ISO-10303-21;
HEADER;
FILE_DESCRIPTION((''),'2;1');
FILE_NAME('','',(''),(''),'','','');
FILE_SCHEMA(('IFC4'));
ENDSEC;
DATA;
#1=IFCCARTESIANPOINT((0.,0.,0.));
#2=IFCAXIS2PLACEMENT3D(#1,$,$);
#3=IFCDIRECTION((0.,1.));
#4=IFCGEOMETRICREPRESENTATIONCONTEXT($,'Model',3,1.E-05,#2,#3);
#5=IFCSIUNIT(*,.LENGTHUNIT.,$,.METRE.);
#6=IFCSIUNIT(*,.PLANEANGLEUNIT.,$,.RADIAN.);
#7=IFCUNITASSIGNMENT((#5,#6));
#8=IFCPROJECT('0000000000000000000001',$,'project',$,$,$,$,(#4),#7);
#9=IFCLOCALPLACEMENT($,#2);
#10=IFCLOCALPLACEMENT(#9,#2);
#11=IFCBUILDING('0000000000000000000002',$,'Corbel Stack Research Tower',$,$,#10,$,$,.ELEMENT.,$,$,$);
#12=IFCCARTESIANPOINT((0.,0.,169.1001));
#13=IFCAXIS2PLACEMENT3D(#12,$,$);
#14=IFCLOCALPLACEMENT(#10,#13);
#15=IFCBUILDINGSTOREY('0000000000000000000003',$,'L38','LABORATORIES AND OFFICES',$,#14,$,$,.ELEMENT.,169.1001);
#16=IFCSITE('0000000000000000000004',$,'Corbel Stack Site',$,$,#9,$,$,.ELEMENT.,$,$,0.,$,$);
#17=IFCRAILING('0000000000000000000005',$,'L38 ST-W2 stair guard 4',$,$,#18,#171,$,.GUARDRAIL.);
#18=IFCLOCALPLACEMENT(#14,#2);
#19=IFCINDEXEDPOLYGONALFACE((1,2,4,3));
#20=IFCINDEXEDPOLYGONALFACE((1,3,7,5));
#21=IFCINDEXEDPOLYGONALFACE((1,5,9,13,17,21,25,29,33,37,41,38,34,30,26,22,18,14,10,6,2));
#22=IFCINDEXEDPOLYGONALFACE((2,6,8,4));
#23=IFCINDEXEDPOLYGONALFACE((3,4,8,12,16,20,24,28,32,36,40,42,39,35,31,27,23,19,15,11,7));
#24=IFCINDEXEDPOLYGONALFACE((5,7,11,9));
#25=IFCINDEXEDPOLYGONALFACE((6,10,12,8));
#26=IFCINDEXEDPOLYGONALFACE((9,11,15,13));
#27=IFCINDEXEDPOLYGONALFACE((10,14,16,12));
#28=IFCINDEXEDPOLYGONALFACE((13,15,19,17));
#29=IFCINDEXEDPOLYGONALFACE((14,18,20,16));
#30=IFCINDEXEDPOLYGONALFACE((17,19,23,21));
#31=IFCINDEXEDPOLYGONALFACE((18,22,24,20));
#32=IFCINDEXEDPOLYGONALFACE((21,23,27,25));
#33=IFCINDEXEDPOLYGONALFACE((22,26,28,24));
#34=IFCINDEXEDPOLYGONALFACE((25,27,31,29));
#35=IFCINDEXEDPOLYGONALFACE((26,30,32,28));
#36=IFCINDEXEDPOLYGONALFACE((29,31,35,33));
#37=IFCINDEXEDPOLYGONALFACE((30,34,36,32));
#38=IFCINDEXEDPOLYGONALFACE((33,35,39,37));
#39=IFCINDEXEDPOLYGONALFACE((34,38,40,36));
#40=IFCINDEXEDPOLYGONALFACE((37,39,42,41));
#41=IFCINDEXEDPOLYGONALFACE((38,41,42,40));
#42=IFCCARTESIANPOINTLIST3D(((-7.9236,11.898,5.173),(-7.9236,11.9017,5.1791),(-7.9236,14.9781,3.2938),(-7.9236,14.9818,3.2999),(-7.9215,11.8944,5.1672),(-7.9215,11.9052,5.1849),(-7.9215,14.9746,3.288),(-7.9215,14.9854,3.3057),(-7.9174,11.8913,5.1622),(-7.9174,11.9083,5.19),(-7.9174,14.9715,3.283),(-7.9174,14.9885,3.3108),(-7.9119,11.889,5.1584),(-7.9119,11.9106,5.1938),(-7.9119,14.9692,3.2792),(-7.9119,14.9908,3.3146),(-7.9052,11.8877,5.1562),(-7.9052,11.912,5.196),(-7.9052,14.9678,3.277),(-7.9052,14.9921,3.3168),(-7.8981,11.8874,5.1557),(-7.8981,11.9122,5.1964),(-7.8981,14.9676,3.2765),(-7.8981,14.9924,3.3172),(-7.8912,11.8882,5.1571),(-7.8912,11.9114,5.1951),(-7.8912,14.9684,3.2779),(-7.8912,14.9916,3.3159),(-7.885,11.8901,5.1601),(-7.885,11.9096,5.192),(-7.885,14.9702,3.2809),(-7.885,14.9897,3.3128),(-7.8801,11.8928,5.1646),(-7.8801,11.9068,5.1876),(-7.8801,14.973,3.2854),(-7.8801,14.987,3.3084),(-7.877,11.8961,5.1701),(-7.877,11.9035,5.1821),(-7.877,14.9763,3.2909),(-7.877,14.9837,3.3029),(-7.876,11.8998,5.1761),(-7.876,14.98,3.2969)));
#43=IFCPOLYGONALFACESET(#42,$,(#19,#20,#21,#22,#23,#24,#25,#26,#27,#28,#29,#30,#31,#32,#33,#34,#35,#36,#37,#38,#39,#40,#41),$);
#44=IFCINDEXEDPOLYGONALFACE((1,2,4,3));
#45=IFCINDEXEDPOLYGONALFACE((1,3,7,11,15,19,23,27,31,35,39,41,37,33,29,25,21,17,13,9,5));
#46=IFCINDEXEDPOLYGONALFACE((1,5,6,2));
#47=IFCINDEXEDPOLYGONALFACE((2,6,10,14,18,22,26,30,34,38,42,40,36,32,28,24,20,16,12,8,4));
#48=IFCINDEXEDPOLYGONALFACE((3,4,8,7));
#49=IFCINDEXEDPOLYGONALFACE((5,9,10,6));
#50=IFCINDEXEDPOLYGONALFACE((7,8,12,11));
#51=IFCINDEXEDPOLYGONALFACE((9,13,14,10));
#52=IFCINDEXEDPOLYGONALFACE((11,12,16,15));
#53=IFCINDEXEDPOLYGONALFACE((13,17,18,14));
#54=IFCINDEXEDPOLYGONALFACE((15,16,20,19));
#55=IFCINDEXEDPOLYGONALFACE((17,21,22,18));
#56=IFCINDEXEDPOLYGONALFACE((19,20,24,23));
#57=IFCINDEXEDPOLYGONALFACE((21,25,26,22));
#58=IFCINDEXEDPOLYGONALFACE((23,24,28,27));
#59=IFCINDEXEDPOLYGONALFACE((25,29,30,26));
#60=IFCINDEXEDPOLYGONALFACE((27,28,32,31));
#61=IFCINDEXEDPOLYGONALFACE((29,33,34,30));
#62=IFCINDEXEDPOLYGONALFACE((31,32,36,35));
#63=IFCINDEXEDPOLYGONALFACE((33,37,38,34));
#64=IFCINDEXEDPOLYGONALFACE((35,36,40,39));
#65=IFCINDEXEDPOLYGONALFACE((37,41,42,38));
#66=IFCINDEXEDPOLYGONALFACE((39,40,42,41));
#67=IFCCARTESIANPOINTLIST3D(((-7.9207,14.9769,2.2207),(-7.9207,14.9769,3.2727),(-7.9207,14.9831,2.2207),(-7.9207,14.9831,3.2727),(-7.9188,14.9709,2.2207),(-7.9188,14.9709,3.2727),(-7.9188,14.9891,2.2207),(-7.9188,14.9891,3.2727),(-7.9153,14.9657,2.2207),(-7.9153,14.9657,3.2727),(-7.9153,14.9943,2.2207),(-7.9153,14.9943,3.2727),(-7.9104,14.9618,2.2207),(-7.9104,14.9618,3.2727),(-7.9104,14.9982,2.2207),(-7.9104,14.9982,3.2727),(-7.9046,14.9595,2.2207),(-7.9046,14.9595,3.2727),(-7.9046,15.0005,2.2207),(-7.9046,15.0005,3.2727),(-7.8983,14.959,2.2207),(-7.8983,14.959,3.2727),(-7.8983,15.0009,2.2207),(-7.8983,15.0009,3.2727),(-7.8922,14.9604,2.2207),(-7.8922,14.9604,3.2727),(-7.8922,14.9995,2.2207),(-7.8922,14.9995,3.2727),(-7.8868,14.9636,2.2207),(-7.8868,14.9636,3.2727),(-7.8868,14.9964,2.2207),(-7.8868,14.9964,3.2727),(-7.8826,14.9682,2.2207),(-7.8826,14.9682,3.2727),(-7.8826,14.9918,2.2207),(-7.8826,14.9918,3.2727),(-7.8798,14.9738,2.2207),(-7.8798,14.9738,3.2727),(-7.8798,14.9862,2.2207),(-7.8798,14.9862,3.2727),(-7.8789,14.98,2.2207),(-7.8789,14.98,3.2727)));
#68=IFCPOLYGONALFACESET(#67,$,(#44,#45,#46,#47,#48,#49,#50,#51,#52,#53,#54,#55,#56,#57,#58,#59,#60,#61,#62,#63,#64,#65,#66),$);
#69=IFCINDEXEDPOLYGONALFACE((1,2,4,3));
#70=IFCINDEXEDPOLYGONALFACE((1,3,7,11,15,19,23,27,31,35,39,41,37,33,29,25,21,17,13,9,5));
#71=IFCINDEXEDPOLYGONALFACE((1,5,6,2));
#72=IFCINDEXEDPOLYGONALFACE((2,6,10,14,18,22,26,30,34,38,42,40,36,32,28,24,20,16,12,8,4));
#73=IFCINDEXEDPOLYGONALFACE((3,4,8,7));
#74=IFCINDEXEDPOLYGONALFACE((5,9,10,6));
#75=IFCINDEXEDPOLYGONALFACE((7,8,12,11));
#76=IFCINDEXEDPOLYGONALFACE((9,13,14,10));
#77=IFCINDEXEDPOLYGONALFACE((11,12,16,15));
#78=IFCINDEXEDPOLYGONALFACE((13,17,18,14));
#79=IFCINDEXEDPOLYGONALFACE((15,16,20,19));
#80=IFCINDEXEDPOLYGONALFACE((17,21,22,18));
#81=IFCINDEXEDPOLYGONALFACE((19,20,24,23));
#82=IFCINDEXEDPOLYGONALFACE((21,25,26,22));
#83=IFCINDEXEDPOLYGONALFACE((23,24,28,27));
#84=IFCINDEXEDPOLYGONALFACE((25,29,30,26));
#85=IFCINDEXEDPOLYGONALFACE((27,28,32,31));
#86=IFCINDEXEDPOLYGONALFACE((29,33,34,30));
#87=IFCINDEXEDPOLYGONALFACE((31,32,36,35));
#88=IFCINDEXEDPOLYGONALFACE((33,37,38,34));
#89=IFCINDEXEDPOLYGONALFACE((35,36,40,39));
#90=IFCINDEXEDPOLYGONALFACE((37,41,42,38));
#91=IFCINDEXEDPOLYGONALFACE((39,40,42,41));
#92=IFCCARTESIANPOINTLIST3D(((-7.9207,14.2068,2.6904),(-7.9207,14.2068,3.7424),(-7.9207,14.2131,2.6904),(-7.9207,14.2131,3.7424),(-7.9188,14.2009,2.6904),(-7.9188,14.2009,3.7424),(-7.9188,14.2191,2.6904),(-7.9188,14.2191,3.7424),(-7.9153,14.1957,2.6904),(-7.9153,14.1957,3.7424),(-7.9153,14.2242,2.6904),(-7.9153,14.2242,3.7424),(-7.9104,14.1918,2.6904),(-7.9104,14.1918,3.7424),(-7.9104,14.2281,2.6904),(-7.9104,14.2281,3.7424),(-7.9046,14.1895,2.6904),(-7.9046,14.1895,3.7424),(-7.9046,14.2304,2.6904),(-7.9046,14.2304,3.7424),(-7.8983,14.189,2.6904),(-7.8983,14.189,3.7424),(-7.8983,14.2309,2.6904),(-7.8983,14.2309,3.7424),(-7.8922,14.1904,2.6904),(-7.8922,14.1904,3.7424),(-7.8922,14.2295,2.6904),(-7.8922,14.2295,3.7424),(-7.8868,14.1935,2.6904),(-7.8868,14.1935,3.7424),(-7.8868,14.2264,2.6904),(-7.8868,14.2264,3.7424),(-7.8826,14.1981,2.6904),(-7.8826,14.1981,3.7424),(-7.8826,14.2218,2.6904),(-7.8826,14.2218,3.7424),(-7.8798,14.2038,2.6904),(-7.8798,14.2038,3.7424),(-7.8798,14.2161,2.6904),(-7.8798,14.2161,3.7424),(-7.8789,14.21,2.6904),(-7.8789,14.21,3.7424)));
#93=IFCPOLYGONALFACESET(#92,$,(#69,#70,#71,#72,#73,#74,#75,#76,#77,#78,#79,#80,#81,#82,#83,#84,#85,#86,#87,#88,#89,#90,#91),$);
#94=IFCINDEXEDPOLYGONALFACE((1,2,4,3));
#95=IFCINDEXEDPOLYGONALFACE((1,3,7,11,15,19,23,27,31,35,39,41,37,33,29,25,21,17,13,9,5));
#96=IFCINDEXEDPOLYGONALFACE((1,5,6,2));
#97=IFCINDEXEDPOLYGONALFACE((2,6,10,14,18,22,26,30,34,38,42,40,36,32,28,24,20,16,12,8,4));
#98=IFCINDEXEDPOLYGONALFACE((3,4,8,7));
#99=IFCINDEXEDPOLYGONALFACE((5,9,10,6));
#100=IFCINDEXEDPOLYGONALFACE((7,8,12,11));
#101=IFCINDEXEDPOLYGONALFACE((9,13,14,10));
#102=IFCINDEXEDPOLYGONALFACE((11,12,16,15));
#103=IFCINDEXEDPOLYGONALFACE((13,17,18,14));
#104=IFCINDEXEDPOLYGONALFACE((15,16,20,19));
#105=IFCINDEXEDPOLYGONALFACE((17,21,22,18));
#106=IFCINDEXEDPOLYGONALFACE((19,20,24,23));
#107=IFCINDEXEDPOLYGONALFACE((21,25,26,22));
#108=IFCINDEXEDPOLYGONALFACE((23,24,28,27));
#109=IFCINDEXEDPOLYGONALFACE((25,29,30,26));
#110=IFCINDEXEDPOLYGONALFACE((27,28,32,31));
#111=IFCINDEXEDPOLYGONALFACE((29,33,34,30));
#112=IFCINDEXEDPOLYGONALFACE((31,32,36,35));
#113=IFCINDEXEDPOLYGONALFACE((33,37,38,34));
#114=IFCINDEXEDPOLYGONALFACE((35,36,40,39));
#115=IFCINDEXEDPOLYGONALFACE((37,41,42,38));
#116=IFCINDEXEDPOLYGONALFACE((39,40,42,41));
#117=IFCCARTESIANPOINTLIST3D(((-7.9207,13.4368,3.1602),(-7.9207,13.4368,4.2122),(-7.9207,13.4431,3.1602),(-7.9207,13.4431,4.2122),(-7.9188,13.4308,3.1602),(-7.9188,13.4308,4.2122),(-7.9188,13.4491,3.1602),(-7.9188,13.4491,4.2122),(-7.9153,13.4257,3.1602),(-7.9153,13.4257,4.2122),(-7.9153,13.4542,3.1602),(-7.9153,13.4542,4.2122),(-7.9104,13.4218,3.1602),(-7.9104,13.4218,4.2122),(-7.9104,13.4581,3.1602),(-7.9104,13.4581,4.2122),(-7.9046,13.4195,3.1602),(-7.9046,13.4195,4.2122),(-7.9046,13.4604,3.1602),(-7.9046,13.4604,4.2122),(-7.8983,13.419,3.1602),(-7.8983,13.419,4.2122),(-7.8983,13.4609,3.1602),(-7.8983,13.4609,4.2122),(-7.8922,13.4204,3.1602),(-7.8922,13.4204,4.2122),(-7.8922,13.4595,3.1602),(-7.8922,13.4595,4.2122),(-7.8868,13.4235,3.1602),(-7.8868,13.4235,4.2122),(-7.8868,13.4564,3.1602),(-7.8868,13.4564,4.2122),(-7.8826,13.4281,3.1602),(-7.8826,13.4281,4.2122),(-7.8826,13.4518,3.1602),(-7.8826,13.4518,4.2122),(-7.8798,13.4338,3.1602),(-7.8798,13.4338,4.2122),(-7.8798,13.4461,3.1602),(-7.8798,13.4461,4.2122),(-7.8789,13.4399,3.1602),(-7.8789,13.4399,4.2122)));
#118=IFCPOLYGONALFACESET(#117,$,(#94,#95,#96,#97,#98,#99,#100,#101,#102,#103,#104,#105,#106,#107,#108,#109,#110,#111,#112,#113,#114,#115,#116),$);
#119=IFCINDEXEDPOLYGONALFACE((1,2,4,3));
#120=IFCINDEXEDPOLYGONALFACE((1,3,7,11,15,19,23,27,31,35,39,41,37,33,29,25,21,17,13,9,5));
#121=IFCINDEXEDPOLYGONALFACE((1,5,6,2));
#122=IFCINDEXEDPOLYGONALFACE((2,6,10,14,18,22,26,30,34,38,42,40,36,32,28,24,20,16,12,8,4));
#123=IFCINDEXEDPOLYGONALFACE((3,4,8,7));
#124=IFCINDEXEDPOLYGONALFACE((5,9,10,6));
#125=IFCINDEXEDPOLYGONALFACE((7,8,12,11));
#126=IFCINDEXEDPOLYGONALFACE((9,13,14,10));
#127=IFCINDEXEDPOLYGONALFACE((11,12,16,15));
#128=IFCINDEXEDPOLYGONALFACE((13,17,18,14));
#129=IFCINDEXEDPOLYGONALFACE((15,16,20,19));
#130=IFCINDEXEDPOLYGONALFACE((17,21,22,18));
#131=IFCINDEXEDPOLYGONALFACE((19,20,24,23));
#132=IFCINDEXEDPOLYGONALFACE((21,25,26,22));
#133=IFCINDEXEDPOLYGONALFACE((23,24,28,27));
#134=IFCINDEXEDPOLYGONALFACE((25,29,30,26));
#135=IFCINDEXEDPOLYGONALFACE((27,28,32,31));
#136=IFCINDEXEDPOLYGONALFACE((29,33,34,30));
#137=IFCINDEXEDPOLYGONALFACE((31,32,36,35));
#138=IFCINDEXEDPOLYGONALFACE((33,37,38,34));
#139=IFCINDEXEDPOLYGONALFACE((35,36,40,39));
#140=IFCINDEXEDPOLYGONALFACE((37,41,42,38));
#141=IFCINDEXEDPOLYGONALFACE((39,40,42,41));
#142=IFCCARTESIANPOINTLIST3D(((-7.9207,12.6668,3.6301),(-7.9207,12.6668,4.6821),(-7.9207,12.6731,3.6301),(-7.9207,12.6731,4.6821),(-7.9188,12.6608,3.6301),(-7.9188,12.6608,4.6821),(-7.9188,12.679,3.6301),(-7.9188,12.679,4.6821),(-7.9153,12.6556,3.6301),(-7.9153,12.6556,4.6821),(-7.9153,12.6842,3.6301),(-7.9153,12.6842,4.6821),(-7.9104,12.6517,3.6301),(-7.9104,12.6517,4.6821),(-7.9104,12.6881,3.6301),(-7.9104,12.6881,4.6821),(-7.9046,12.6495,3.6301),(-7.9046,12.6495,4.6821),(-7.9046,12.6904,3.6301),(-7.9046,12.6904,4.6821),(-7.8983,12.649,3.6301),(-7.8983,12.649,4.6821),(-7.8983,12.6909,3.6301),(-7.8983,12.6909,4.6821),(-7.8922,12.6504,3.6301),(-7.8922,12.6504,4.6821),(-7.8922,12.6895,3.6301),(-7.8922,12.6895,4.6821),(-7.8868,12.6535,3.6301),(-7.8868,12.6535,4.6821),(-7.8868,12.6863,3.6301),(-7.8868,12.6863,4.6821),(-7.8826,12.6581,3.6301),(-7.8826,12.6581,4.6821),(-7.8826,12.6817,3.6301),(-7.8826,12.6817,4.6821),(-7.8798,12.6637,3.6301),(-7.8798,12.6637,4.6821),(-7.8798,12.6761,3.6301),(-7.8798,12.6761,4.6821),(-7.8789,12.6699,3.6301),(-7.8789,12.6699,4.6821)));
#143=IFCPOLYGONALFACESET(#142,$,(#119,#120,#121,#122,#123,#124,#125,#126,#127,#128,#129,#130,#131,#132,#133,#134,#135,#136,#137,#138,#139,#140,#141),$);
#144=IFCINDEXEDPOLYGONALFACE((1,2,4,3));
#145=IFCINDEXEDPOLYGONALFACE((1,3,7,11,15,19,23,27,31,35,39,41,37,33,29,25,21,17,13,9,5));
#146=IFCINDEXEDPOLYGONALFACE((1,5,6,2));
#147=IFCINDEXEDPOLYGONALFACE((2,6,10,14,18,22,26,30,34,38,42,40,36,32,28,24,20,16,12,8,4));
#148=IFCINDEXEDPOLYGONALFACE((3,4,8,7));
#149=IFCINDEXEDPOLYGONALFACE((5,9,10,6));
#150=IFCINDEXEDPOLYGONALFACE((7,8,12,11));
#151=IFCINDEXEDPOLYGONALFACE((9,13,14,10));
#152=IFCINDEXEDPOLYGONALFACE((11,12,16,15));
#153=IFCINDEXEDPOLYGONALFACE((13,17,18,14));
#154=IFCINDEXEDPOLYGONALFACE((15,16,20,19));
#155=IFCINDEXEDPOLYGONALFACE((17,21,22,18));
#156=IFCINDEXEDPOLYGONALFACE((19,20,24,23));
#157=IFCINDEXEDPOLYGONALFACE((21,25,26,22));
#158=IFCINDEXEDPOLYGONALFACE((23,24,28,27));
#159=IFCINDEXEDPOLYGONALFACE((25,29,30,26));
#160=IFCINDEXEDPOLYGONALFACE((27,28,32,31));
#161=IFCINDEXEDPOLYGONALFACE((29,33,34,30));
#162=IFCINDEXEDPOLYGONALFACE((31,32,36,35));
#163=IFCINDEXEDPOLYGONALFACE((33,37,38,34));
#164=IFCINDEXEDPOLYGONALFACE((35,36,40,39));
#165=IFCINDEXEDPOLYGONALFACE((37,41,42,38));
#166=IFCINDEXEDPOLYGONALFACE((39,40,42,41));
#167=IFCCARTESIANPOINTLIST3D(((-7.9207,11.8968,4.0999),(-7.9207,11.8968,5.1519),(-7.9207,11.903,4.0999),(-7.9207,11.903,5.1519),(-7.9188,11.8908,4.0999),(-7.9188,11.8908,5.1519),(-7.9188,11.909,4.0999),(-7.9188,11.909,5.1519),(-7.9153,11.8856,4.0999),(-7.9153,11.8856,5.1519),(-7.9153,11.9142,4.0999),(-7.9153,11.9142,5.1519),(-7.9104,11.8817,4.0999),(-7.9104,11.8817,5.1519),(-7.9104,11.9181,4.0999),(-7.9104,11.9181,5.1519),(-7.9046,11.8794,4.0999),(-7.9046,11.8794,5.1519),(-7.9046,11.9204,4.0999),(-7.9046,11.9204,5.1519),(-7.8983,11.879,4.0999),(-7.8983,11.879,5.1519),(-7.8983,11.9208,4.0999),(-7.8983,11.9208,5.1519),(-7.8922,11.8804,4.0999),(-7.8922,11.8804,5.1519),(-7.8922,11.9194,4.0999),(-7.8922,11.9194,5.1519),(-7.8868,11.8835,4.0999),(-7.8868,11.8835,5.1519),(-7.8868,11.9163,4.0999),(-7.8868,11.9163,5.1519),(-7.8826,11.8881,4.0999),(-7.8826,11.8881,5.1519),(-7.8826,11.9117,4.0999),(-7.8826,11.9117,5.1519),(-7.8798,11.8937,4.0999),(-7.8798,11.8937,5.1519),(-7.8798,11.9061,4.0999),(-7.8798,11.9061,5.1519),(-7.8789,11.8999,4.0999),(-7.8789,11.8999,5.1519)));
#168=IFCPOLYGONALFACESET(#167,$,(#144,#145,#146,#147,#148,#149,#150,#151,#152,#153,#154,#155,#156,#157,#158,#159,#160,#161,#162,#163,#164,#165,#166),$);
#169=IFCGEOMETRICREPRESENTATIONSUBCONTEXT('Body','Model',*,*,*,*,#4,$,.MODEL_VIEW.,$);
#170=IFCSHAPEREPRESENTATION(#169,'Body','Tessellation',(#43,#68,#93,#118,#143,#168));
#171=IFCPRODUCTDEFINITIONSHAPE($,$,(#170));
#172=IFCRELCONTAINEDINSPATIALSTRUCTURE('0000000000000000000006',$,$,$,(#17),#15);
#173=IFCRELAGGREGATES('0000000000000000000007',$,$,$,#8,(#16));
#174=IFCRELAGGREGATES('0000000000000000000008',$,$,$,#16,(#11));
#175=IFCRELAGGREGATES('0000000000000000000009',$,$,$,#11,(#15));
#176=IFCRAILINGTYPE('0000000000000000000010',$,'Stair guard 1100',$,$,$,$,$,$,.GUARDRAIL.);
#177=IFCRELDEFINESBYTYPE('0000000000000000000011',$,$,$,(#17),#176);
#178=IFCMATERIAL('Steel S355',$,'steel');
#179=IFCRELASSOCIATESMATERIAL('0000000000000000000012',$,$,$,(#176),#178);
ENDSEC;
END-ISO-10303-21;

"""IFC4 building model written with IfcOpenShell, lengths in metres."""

from ifc_helpers import new_model, si_unit, direction, frame, origin, origin_2d, place, context, subcontext, project, spatial, circle, extrude, material, type_object, element, save


model = new_model("IFC4")

# Units and contexts
model_context = context("Model", 3, precision=1e-05, world=origin(), true_north=direction((0.0, 1.0)))
body_context = subcontext(model_context, "Body", "Model", "MODEL_VIEW")
ifc_project = project(units=[si_unit("LENGTHUNIT", "METRE"), si_unit("PLANEANGLEUNIT", "RADIAN")], contexts=[model_context])

# Site, building, storey
site_placement = place(None, origin())
site = spatial("IfcSite", under=ifc_project, at=site_placement, Name="Corbel Stack Site", CompositionType="ELEMENT", RefElevation=0.0)
building_placement = place(site_placement, origin())
building = spatial("IfcBuilding", under=site, at=building_placement, Name="Corbel Stack Research Tower", CompositionType="ELEMENT")
storey_placement = place(building_placement, frame((0.0, 0.0, 169.1001)))
storey = spatial("IfcBuildingStorey", under=building, at=storey_placement, Name="L38", Description="LABORATORIES AND OFFICES", CompositionType="ELEMENT", Elevation=169.1001)

# Railing
ifc_material_1 = material(Name="Steel S355", Category="steel")
railing_type_1 = type_object("IfcRailingType", Name="Stair guard 1100", PredefinedType="GUARDRAIL", material=ifc_material_1)
railing_1_placement = place(storey_placement, frame((-7.8999, 14.98, 2.2207)))
element("IfcRailing", 1, at=railing_1_placement, inside=storey, type_object=railing_type_1, Name="L38 ST-W2 stair guard 4", PredefinedType="GUARDRAIL", context=body_context, shape_type="SweptSolid", body=[
    extrude(circle(Radius=0.0239, at=origin_2d()), frame((0.0, 0.0, 1.0762), z_axis=(0.0, -0.853666, 0.52082), x_axis=(1.0, 0.0, 0.0)), (0.0, 0.0, 1.0), 3.6082),
    extrude(circle(Radius=0.021, at=origin_2d()), origin(), (0.0, 0.0, 1.0), 1.052),
    extrude(circle(Radius=0.021, at=origin_2d()), frame((0.0, -0.77, 0.4697)), (0.0, 0.0, 1.0), 1.052),
    extrude(circle(Radius=0.021, at=origin_2d()), frame((0.0, -1.54, 0.9395)), (0.0, 0.0, 1.0), 1.052),
    extrude(circle(Radius=0.021, at=origin_2d()), frame((0.0, -2.3101, 1.4094)), (0.0, 0.0, 1.0), 1.052),
    extrude(circle(Radius=0.021, at=origin_2d()), frame((0.0, -3.0801, 1.8792)), (0.0, 0.0, 1.0), 1.052),
])

save(model, "model.ifc")
